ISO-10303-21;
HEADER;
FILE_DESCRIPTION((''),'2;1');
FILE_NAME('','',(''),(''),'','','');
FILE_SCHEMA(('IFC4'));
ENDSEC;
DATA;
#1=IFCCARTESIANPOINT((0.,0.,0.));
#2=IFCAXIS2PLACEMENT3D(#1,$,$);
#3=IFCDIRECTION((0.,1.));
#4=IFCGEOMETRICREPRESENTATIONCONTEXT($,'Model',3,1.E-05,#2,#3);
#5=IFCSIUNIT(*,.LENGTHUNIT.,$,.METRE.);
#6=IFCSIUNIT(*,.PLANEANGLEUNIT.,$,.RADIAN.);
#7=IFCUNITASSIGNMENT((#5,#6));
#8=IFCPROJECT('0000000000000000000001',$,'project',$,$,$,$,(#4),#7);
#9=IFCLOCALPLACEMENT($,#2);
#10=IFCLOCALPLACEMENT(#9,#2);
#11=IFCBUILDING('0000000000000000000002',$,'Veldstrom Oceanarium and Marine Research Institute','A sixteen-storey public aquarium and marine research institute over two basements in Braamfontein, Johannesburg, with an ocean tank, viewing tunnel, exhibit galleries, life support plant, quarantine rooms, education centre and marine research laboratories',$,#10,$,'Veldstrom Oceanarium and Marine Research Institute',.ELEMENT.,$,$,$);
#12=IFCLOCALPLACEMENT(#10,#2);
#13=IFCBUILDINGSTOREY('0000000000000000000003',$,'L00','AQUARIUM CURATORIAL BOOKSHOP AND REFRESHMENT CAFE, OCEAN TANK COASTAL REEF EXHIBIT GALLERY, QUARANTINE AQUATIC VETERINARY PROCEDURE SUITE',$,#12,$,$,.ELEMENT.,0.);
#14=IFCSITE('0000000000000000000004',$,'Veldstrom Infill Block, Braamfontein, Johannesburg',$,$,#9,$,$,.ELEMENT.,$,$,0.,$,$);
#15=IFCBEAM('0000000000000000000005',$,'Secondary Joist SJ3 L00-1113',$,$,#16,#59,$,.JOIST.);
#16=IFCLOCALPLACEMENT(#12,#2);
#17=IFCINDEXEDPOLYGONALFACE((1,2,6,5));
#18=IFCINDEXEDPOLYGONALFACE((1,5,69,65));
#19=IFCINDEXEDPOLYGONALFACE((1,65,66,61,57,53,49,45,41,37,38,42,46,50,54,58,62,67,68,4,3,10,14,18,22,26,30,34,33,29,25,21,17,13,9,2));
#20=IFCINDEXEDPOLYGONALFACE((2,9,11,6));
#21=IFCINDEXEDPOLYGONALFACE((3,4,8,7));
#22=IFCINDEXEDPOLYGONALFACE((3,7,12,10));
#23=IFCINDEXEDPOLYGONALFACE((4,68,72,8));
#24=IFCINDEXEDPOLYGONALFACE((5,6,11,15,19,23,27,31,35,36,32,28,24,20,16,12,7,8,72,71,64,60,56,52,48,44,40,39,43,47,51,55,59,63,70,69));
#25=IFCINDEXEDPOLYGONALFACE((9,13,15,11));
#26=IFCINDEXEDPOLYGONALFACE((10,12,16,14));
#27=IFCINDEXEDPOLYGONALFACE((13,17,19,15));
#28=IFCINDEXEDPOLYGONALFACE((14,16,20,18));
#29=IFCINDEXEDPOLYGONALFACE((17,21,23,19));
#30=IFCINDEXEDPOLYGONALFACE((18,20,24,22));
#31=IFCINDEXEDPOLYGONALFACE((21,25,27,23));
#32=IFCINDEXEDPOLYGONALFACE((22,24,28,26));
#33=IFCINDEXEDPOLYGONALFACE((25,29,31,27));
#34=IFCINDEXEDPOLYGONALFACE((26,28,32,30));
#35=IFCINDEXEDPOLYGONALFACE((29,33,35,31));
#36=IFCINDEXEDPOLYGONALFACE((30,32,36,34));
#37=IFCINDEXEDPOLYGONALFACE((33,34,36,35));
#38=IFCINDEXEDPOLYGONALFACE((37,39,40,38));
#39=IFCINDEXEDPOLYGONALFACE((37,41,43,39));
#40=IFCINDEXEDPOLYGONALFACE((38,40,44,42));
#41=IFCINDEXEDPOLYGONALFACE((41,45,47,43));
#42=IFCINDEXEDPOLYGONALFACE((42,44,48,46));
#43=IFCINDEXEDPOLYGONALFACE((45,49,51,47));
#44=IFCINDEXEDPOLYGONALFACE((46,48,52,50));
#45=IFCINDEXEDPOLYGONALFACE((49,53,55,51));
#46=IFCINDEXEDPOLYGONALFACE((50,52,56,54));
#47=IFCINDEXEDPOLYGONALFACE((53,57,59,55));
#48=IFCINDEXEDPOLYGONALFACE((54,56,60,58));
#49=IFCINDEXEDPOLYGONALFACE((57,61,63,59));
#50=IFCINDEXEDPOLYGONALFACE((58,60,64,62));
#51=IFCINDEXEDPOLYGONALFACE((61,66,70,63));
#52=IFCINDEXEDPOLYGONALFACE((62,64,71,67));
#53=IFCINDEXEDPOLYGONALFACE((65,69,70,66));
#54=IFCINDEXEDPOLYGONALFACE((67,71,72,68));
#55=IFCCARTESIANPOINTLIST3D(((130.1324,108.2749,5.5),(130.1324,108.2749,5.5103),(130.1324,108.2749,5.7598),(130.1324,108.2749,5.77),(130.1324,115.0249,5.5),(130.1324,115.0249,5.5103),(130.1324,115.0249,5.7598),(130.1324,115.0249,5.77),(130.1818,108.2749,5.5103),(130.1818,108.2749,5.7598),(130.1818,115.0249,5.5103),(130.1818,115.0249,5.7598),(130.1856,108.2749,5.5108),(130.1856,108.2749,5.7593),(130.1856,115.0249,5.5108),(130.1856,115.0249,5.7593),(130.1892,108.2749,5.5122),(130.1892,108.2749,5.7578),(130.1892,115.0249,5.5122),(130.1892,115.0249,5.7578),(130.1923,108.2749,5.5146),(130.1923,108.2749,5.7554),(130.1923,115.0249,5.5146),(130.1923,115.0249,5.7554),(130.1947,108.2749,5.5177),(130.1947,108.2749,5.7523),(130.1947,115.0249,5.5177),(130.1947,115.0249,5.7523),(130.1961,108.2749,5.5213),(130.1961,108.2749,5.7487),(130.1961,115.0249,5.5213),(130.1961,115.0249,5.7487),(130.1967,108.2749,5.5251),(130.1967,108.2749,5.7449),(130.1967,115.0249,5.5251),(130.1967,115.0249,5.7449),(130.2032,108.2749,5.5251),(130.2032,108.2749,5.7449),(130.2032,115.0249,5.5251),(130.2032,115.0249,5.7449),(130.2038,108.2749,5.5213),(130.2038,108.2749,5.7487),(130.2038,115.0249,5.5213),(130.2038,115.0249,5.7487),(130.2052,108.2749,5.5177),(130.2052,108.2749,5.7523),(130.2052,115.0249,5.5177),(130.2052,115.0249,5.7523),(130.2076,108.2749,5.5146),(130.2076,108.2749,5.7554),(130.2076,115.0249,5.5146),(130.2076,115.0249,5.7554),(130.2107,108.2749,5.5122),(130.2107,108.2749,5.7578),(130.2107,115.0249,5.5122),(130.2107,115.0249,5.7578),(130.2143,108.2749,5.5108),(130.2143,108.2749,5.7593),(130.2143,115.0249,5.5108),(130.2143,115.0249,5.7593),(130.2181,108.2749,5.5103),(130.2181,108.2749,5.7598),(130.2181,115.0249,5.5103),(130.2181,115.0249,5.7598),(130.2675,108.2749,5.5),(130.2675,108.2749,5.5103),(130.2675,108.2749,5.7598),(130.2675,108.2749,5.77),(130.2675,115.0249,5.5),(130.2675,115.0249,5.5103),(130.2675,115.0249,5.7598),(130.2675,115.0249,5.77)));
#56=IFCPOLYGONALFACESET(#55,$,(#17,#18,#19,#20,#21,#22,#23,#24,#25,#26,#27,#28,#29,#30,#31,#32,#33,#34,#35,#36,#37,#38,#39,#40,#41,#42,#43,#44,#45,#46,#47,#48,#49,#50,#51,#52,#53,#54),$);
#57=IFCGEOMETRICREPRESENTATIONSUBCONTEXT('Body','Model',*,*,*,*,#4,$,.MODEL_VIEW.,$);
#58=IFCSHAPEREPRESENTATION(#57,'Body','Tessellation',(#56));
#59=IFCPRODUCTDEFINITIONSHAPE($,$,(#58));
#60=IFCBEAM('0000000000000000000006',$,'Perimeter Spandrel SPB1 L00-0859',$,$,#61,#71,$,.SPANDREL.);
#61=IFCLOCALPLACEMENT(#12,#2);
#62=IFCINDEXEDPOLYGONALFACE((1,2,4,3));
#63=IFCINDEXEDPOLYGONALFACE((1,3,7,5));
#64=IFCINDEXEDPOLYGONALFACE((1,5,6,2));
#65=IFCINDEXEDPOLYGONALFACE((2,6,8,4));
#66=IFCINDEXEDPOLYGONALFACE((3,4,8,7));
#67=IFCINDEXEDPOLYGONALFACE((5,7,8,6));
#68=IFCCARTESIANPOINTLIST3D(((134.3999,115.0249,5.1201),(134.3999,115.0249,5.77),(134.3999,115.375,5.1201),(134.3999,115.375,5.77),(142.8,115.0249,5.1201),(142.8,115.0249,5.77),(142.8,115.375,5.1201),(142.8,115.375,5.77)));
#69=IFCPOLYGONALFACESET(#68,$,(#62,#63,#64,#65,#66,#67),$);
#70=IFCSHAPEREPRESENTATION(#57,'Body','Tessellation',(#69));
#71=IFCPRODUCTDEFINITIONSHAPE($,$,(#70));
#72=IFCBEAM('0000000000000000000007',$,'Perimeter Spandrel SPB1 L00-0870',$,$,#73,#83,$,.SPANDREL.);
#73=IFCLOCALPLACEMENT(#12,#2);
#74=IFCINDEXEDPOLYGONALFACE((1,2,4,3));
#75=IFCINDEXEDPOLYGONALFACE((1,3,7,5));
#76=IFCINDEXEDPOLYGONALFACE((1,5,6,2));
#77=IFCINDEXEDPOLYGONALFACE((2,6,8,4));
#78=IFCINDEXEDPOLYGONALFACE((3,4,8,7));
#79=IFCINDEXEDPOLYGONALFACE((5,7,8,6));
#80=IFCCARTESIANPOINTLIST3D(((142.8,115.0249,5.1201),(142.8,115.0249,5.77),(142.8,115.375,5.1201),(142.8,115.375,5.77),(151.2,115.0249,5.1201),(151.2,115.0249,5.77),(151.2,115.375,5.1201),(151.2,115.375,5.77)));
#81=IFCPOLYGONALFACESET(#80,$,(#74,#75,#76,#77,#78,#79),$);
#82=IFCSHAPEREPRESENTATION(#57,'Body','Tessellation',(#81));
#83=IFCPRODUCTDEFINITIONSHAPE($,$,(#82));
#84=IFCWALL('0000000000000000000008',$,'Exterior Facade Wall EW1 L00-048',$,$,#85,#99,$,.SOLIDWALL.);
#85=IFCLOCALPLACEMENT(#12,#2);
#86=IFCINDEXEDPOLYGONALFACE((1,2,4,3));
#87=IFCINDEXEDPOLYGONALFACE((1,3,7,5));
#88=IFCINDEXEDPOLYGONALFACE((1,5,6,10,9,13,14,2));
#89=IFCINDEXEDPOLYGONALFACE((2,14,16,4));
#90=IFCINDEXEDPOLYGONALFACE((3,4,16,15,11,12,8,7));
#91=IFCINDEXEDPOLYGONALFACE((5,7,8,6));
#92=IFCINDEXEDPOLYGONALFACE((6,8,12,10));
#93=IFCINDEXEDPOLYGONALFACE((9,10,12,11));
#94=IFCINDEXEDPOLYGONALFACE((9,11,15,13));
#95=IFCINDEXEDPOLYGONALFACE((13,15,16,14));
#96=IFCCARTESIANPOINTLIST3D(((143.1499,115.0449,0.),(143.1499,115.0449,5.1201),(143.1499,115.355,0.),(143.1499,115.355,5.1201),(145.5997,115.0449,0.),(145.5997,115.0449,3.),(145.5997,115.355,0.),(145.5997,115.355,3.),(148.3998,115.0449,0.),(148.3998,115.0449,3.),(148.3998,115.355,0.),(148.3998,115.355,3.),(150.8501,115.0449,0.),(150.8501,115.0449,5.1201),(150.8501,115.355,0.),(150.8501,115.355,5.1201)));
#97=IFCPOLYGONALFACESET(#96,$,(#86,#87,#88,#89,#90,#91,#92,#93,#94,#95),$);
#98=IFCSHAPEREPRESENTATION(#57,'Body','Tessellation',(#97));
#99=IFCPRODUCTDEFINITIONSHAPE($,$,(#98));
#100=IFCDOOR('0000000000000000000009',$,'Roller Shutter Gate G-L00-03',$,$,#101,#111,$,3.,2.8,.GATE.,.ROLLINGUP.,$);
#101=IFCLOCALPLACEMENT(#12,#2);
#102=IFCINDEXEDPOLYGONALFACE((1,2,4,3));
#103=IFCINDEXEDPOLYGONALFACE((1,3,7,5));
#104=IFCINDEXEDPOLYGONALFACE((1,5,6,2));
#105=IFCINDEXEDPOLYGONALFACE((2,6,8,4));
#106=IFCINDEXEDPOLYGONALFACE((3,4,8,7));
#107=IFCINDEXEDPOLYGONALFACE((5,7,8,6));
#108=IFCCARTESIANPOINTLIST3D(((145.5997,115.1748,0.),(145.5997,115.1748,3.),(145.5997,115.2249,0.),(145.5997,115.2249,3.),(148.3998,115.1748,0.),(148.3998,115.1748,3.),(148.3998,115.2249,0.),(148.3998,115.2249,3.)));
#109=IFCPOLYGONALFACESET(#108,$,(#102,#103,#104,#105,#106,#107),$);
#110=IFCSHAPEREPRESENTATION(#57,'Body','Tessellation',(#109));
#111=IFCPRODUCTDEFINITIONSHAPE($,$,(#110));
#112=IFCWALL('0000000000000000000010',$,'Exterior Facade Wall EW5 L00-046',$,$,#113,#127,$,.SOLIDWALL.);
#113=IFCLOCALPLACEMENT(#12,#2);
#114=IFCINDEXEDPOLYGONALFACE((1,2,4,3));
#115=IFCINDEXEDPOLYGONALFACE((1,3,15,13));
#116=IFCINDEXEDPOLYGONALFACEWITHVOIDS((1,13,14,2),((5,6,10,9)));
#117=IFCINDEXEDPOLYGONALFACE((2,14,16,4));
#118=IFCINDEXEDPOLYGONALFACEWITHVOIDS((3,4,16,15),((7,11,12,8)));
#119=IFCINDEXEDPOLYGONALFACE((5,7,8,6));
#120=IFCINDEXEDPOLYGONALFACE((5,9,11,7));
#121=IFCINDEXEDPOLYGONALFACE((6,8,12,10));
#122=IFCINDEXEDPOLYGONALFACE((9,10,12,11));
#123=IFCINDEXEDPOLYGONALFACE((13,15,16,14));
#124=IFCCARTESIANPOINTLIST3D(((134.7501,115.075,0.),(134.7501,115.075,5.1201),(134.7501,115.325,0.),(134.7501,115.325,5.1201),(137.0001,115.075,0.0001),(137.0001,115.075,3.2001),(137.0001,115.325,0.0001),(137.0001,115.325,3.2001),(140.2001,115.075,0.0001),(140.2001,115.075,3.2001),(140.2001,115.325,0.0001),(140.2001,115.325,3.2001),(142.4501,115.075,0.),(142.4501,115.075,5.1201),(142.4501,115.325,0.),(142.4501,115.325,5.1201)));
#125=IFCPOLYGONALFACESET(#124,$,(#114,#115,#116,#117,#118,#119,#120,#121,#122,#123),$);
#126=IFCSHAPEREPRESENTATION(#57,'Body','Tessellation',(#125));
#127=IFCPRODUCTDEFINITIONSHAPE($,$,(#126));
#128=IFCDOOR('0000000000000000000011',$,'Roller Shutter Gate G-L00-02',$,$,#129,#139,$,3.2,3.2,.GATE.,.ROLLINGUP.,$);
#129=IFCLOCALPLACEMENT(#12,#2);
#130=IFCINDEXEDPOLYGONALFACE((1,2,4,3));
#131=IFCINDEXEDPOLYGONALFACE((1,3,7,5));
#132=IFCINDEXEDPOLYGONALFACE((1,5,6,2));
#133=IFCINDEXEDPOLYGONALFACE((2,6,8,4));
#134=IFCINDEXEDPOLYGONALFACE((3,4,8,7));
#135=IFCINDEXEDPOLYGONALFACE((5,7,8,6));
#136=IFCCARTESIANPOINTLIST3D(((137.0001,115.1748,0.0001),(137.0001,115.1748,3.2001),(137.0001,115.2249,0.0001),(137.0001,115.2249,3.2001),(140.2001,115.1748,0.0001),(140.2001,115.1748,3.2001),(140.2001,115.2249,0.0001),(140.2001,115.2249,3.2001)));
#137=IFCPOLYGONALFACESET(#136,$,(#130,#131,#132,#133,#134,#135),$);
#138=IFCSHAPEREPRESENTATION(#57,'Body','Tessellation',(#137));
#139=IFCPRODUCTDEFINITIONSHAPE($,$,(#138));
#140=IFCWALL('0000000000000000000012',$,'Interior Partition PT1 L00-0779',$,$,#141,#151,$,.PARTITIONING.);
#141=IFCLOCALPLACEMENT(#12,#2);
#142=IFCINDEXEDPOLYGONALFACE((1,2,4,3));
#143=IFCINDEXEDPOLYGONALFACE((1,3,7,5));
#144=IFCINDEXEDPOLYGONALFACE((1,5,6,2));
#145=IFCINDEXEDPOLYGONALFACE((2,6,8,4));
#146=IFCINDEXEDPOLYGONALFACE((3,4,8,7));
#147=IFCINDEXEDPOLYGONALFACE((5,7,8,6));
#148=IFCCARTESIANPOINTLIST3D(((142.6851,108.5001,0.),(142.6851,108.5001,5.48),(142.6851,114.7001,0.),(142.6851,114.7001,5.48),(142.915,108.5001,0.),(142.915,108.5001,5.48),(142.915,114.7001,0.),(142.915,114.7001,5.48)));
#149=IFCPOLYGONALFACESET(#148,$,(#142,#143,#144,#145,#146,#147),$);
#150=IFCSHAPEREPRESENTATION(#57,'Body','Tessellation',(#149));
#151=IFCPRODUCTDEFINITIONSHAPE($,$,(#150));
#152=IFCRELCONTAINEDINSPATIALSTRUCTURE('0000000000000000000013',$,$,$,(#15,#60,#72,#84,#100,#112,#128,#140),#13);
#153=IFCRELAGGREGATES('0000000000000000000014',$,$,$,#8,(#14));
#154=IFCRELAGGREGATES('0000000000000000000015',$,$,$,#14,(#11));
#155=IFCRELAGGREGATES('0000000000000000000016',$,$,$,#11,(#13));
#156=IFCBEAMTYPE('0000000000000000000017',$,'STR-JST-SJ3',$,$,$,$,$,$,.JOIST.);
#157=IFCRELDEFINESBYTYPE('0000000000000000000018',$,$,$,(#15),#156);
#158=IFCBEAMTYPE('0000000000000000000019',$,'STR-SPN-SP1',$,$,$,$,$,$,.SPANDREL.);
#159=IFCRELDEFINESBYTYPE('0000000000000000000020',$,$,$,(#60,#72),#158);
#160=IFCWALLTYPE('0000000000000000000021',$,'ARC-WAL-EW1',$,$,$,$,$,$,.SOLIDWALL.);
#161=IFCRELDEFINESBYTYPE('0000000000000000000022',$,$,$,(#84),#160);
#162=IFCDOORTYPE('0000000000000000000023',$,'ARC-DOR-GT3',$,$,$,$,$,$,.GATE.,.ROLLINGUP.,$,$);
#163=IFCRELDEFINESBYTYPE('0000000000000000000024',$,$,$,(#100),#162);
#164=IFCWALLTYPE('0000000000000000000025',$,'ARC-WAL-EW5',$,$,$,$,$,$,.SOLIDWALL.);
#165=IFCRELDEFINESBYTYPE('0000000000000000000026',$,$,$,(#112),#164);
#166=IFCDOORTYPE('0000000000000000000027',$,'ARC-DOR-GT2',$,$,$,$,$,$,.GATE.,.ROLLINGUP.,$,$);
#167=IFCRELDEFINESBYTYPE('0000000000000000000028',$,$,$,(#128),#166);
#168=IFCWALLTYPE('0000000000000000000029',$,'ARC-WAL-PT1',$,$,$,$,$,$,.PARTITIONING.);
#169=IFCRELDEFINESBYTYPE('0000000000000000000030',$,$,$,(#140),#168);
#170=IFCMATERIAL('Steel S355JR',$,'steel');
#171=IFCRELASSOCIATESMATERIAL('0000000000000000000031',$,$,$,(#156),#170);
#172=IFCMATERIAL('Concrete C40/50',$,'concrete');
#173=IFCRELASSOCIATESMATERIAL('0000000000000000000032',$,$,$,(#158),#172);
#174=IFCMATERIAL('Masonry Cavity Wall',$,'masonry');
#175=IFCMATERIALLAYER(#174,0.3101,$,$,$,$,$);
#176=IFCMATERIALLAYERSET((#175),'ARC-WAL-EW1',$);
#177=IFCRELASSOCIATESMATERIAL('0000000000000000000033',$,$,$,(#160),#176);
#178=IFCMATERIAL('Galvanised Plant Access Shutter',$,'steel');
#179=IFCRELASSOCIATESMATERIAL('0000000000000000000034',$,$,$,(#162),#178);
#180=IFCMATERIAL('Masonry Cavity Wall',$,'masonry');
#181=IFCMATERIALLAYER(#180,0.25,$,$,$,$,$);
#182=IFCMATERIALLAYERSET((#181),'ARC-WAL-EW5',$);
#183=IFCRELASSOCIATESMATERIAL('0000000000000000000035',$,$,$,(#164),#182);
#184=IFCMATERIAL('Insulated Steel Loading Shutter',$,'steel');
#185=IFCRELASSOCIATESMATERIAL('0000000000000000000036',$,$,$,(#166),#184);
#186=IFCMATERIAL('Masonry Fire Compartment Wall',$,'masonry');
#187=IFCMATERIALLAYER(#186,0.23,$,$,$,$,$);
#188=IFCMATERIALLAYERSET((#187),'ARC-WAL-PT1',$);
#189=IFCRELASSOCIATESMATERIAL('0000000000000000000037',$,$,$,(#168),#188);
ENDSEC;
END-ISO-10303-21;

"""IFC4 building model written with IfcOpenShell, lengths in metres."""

from ifc_helpers import new_model, si_unit, direction, frame, frame_2d, origin, origin_2d, place, context, subcontext, project, spatial, rectangle, i_section, extrude, material, layer, layer_set, material_profile, profile_set, type_object, element, fill, save


model = new_model("IFC4")

# Units and contexts
model_context = context("Model", 3, precision=1e-05, world=origin(), true_north=direction((0.0, 1.0)))
body_context = subcontext(model_context, "Body", "Model", "MODEL_VIEW")
ifc_project = project(units=[si_unit("LENGTHUNIT", "METRE"), si_unit("PLANEANGLEUNIT", "RADIAN")], contexts=[model_context])

# Site, building, storey
site_placement = place(None, origin())
site = spatial("IfcSite", under=ifc_project, at=site_placement, Name="Veldstrom Infill Block, Braamfontein, Johannesburg", CompositionType="ELEMENT", RefElevation=0.0)
building_placement = place(site_placement, origin())
building = spatial("IfcBuilding", under=site, at=building_placement, Name="Veldstrom Oceanarium and Marine Research Institute", Description="A sixteen-storey public aquarium and marine research institute over two basements in Braamfontein, Johannesburg, with an ocean tank, viewing tunnel, exhibit galleries, life support plant, quarantine rooms, education centre and marine research laboratories", LongName="Veldstrom Oceanarium and Marine Research Institute", CompositionType="ELEMENT")
storey_placement = place(building_placement, origin())
storey = spatial("IfcBuildingStorey", under=building, at=storey_placement, Name="L00", Description="AQUARIUM CURATORIAL BOOKSHOP AND REFRESHMENT CAFE, OCEAN TANK COASTAL REEF EXHIBIT GALLERY, QUARANTINE AQUATIC VETERINARY PROCEDURE SUITE", CompositionType="ELEMENT", Elevation=0.0)

# Beams
ifc_material_1 = material(Name="Steel S355JR", Category="steel")
ifc_material_profile_1 = material_profile(ifc_material_1, i_section(OverallWidth=0.135, OverallDepth=0.27, WebThickness=0.0066, FlangeThickness=0.0103, FilletRadius=0.0149, at=origin_2d()), Name="IPE 270")
ifc_profile_set_1 = profile_set([ifc_material_profile_1], Name="Steel S355JR")
beam_type_1 = type_object("IfcBeamType", Name="STR-JST-SJ3", PredefinedType="JOIST", material=ifc_profile_set_1)
beam_1_placement = place(storey_placement, frame((130.2, 108.2749, 5.635), z_axis=(0.0, 1.0, 0.0), x_axis=(-1.0, 0.0, 0.0)))
element("IfcBeam", 1, at=beam_1_placement, inside=storey, type_object=beam_type_1, Name="Secondary Joist SJ3 L00-1113", PredefinedType="JOIST", context=body_context, shape_type="SweptSolid", body=[
    extrude(i_section(OverallWidth=0.135, OverallDepth=0.27, WebThickness=0.0066, FlangeThickness=0.0103, FilletRadius=0.0149, at=origin_2d()), origin(), (0.0, 0.0, 1.0), 6.75),
])
ifc_material_2 = material(Name="Concrete C40/50", Category="concrete")
ifc_material_profile_2 = material_profile(ifc_material_2, rectangle(XDim=0.3501, YDim=0.6499, at=origin_2d()), Name="RC-SPN-350x650")
ifc_profile_set_2 = profile_set([ifc_material_profile_2], Name="Concrete C40/50")
beam_type_2 = type_object("IfcBeamType", Name="STR-SPN-SP1", PredefinedType="SPANDREL", material=ifc_profile_set_2)
beam_2_placement = place(storey_placement, frame((134.3999, 115.2, 5.4451), z_axis=(1.0, 0.0, 0.0), x_axis=(0.0, 1.0, 0.0)))
element("IfcBeam", 2, at=beam_2_placement, inside=storey, type_object=beam_type_2, Name="Perimeter Spandrel SPB1 L00-0859", PredefinedType="SPANDREL", context=body_context, shape_type="SweptSolid", body=[
    extrude(rectangle(XDim=0.3501, YDim=0.6499, at=origin_2d()), origin(), (0.0, 0.0, 1.0), 8.4001),
])
beam_3_placement = place(storey_placement, frame((142.8, 115.2, 5.4451), z_axis=(1.0, 0.0, 0.0), x_axis=(0.0, 1.0, 0.0)))
element("IfcBeam", 3, at=beam_3_placement, inside=storey, type_object=beam_type_2, Name="Perimeter Spandrel SPB1 L00-0870", PredefinedType="SPANDREL", context=body_context, shape_type="SweptSolid", body=[
    extrude(rectangle(XDim=0.3501, YDim=0.6499, at=origin_2d()), origin(), (0.0, 0.0, 1.0), 8.3999),
])

# Walls, openings, doors
ifc_material_3 = material(Name="Masonry Cavity Wall", Category="masonry")
ifc_layer_1 = layer(ifc_material_3, 0.3101)
ifc_layer_set_1 = layer_set([ifc_layer_1], Name="ARC-WAL-EW1")
wall_type_1 = type_object("IfcWallType", Name="ARC-WAL-EW1", PredefinedType="SOLIDWALL", material=ifc_layer_set_1)
wall_1_placement = place(storey_placement, frame((143.1499, 115.2, 0.0), z_axis=(0.0, 0.0, 1.0), x_axis=(1.0, 0.0, 0.0)))
wall_1 = element("IfcWall", 4, at=wall_1_placement, inside=storey, type_object=wall_type_1, Name="Exterior Facade Wall EW1 L00-048", PredefinedType="SOLIDWALL", context=body_context, shape_type="SweptSolid", body=[
    extrude(rectangle(XDim=7.7002, YDim=0.3101, at=frame_2d((3.8501, 0.0))), origin(), (0.0, 0.0, 1.0), 5.1201),
])
opening_1_placement = place(wall_1_placement, frame((2.45, 0.0, 0.0)))
opening_1 = element("IfcOpeningElement", 5, at=opening_1_placement, cuts=wall_1, PredefinedType="OPENING", context=body_context, shape_type="SweptSolid", body=[
    extrude(rectangle(XDim=2.8, YDim=3.0, at=frame_2d((1.3999, 1.5))), frame((0.0, 0.165, 0.0), z_axis=(0.0, -1.0, 0.0), x_axis=(1.0, 0.0, 0.0)), (0.0, 0.0, 1.0), 0.3301),
])
ifc_material_4 = material(Name="Galvanised Plant Access Shutter", Category="steel")
door_type_1 = type_object("IfcDoorType", Name="ARC-DOR-GT3", OperationType="ROLLINGUP", PredefinedType="GATE", material=ifc_material_4)
door_1_placement = place(opening_1_placement, origin())
door_1 = element("IfcDoor", 6, at=door_1_placement, inside=storey, type_object=door_type_1, Name="Roller Shutter Gate G-L00-03", OperationType="ROLLINGUP", OverallHeight=3.0, OverallWidth=2.8, PredefinedType="GATE", context=body_context, shape_type="SweptSolid", body=[
    extrude(rectangle(XDim=2.8, YDim=3.0, at=frame_2d((1.3999, 1.5))), frame((0.0, 0.0249, 0.0), z_axis=(0.0, -1.0, 0.0), x_axis=(1.0, 0.0, 0.0)), (0.0, 0.0, 1.0), 0.05),
])
fill(opening_1, door_1)
ifc_material_5 = material(Name="Masonry Cavity Wall", Category="masonry")
ifc_layer_2 = layer(ifc_material_5, 0.25)
ifc_layer_set_2 = layer_set([ifc_layer_2], Name="ARC-WAL-EW5")
wall_type_2 = type_object("IfcWallType", Name="ARC-WAL-EW5", PredefinedType="SOLIDWALL", material=ifc_layer_set_2)
wall_2_placement = place(storey_placement, frame((134.75, 115.2, 0.0), z_axis=(0.0, 0.0, 1.0), x_axis=(1.0, 0.0, 0.0)))
wall_2 = element("IfcWall", 7, at=wall_2_placement, inside=storey, type_object=wall_type_2, Name="Exterior Facade Wall EW5 L00-046", PredefinedType="SOLIDWALL", context=body_context, shape_type="SweptSolid", body=[
    extrude(rectangle(XDim=7.7, YDim=0.25, at=frame_2d((3.8501, 0.0))), origin(), (0.0, 0.0, 1.0), 5.1201),
])
opening_2_placement = place(wall_2_placement, frame((2.25, 0.0, 0.0)))
opening_2 = element("IfcOpeningElement", 8, at=opening_2_placement, cuts=wall_2, PredefinedType="OPENING", context=body_context, shape_type="SweptSolid", body=[
    extrude(rectangle(XDim=3.2, YDim=3.2, at=frame_2d((1.6001, 1.6001))), frame((0.0, 0.135, 0.0), z_axis=(0.0, -1.0, 0.0), x_axis=(1.0, 0.0, 0.0)), (0.0, 0.0, 1.0), 0.27),
])
ifc_material_6 = material(Name="Insulated Steel Loading Shutter", Category="steel")
door_type_2 = type_object("IfcDoorType", Name="ARC-DOR-GT2", OperationType="ROLLINGUP", PredefinedType="GATE", material=ifc_material_6)
door_2_placement = place(opening_2_placement, origin())
door_2 = element("IfcDoor", 9, at=door_2_placement, inside=storey, type_object=door_type_2, Name="Roller Shutter Gate G-L00-02", OperationType="ROLLINGUP", OverallHeight=3.2, OverallWidth=3.2, PredefinedType="GATE", context=body_context, shape_type="SweptSolid", body=[
    extrude(rectangle(XDim=3.2, YDim=3.2, at=frame_2d((1.6001, 1.6001))), frame((0.0, 0.0249, 0.0), z_axis=(0.0, -1.0, 0.0), x_axis=(1.0, 0.0, 0.0)), (0.0, 0.0, 1.0), 0.05),
])
fill(opening_2, door_2)

# Wall
ifc_material_7 = material(Name="Masonry Fire Compartment Wall", Category="masonry")
ifc_layer_3 = layer(ifc_material_7, 0.23)
ifc_layer_set_3 = layer_set([ifc_layer_3], Name="ARC-WAL-PT1")
wall_type_3 = type_object("IfcWallType", Name="ARC-WAL-PT1", PredefinedType="PARTITIONING", material=ifc_layer_set_3)
wall_3_placement = place(storey_placement, frame((142.8, 108.5, 0.0), z_axis=(0.0, 0.0, 1.0), x_axis=(0.0, 1.0, 0.0)))
element("IfcWall", 10, at=wall_3_placement, inside=storey, type_object=wall_type_3, Name="Interior Partition PT1 L00-0779", PredefinedType="PARTITIONING", context=body_context, shape_type="SweptSolid", body=[
    extrude(rectangle(XDim=6.2, YDim=0.23, at=frame_2d((3.1001, 0.0))), origin(), (0.0, 0.0, 1.0), 5.48),
])

save(model, "model.ifc")
